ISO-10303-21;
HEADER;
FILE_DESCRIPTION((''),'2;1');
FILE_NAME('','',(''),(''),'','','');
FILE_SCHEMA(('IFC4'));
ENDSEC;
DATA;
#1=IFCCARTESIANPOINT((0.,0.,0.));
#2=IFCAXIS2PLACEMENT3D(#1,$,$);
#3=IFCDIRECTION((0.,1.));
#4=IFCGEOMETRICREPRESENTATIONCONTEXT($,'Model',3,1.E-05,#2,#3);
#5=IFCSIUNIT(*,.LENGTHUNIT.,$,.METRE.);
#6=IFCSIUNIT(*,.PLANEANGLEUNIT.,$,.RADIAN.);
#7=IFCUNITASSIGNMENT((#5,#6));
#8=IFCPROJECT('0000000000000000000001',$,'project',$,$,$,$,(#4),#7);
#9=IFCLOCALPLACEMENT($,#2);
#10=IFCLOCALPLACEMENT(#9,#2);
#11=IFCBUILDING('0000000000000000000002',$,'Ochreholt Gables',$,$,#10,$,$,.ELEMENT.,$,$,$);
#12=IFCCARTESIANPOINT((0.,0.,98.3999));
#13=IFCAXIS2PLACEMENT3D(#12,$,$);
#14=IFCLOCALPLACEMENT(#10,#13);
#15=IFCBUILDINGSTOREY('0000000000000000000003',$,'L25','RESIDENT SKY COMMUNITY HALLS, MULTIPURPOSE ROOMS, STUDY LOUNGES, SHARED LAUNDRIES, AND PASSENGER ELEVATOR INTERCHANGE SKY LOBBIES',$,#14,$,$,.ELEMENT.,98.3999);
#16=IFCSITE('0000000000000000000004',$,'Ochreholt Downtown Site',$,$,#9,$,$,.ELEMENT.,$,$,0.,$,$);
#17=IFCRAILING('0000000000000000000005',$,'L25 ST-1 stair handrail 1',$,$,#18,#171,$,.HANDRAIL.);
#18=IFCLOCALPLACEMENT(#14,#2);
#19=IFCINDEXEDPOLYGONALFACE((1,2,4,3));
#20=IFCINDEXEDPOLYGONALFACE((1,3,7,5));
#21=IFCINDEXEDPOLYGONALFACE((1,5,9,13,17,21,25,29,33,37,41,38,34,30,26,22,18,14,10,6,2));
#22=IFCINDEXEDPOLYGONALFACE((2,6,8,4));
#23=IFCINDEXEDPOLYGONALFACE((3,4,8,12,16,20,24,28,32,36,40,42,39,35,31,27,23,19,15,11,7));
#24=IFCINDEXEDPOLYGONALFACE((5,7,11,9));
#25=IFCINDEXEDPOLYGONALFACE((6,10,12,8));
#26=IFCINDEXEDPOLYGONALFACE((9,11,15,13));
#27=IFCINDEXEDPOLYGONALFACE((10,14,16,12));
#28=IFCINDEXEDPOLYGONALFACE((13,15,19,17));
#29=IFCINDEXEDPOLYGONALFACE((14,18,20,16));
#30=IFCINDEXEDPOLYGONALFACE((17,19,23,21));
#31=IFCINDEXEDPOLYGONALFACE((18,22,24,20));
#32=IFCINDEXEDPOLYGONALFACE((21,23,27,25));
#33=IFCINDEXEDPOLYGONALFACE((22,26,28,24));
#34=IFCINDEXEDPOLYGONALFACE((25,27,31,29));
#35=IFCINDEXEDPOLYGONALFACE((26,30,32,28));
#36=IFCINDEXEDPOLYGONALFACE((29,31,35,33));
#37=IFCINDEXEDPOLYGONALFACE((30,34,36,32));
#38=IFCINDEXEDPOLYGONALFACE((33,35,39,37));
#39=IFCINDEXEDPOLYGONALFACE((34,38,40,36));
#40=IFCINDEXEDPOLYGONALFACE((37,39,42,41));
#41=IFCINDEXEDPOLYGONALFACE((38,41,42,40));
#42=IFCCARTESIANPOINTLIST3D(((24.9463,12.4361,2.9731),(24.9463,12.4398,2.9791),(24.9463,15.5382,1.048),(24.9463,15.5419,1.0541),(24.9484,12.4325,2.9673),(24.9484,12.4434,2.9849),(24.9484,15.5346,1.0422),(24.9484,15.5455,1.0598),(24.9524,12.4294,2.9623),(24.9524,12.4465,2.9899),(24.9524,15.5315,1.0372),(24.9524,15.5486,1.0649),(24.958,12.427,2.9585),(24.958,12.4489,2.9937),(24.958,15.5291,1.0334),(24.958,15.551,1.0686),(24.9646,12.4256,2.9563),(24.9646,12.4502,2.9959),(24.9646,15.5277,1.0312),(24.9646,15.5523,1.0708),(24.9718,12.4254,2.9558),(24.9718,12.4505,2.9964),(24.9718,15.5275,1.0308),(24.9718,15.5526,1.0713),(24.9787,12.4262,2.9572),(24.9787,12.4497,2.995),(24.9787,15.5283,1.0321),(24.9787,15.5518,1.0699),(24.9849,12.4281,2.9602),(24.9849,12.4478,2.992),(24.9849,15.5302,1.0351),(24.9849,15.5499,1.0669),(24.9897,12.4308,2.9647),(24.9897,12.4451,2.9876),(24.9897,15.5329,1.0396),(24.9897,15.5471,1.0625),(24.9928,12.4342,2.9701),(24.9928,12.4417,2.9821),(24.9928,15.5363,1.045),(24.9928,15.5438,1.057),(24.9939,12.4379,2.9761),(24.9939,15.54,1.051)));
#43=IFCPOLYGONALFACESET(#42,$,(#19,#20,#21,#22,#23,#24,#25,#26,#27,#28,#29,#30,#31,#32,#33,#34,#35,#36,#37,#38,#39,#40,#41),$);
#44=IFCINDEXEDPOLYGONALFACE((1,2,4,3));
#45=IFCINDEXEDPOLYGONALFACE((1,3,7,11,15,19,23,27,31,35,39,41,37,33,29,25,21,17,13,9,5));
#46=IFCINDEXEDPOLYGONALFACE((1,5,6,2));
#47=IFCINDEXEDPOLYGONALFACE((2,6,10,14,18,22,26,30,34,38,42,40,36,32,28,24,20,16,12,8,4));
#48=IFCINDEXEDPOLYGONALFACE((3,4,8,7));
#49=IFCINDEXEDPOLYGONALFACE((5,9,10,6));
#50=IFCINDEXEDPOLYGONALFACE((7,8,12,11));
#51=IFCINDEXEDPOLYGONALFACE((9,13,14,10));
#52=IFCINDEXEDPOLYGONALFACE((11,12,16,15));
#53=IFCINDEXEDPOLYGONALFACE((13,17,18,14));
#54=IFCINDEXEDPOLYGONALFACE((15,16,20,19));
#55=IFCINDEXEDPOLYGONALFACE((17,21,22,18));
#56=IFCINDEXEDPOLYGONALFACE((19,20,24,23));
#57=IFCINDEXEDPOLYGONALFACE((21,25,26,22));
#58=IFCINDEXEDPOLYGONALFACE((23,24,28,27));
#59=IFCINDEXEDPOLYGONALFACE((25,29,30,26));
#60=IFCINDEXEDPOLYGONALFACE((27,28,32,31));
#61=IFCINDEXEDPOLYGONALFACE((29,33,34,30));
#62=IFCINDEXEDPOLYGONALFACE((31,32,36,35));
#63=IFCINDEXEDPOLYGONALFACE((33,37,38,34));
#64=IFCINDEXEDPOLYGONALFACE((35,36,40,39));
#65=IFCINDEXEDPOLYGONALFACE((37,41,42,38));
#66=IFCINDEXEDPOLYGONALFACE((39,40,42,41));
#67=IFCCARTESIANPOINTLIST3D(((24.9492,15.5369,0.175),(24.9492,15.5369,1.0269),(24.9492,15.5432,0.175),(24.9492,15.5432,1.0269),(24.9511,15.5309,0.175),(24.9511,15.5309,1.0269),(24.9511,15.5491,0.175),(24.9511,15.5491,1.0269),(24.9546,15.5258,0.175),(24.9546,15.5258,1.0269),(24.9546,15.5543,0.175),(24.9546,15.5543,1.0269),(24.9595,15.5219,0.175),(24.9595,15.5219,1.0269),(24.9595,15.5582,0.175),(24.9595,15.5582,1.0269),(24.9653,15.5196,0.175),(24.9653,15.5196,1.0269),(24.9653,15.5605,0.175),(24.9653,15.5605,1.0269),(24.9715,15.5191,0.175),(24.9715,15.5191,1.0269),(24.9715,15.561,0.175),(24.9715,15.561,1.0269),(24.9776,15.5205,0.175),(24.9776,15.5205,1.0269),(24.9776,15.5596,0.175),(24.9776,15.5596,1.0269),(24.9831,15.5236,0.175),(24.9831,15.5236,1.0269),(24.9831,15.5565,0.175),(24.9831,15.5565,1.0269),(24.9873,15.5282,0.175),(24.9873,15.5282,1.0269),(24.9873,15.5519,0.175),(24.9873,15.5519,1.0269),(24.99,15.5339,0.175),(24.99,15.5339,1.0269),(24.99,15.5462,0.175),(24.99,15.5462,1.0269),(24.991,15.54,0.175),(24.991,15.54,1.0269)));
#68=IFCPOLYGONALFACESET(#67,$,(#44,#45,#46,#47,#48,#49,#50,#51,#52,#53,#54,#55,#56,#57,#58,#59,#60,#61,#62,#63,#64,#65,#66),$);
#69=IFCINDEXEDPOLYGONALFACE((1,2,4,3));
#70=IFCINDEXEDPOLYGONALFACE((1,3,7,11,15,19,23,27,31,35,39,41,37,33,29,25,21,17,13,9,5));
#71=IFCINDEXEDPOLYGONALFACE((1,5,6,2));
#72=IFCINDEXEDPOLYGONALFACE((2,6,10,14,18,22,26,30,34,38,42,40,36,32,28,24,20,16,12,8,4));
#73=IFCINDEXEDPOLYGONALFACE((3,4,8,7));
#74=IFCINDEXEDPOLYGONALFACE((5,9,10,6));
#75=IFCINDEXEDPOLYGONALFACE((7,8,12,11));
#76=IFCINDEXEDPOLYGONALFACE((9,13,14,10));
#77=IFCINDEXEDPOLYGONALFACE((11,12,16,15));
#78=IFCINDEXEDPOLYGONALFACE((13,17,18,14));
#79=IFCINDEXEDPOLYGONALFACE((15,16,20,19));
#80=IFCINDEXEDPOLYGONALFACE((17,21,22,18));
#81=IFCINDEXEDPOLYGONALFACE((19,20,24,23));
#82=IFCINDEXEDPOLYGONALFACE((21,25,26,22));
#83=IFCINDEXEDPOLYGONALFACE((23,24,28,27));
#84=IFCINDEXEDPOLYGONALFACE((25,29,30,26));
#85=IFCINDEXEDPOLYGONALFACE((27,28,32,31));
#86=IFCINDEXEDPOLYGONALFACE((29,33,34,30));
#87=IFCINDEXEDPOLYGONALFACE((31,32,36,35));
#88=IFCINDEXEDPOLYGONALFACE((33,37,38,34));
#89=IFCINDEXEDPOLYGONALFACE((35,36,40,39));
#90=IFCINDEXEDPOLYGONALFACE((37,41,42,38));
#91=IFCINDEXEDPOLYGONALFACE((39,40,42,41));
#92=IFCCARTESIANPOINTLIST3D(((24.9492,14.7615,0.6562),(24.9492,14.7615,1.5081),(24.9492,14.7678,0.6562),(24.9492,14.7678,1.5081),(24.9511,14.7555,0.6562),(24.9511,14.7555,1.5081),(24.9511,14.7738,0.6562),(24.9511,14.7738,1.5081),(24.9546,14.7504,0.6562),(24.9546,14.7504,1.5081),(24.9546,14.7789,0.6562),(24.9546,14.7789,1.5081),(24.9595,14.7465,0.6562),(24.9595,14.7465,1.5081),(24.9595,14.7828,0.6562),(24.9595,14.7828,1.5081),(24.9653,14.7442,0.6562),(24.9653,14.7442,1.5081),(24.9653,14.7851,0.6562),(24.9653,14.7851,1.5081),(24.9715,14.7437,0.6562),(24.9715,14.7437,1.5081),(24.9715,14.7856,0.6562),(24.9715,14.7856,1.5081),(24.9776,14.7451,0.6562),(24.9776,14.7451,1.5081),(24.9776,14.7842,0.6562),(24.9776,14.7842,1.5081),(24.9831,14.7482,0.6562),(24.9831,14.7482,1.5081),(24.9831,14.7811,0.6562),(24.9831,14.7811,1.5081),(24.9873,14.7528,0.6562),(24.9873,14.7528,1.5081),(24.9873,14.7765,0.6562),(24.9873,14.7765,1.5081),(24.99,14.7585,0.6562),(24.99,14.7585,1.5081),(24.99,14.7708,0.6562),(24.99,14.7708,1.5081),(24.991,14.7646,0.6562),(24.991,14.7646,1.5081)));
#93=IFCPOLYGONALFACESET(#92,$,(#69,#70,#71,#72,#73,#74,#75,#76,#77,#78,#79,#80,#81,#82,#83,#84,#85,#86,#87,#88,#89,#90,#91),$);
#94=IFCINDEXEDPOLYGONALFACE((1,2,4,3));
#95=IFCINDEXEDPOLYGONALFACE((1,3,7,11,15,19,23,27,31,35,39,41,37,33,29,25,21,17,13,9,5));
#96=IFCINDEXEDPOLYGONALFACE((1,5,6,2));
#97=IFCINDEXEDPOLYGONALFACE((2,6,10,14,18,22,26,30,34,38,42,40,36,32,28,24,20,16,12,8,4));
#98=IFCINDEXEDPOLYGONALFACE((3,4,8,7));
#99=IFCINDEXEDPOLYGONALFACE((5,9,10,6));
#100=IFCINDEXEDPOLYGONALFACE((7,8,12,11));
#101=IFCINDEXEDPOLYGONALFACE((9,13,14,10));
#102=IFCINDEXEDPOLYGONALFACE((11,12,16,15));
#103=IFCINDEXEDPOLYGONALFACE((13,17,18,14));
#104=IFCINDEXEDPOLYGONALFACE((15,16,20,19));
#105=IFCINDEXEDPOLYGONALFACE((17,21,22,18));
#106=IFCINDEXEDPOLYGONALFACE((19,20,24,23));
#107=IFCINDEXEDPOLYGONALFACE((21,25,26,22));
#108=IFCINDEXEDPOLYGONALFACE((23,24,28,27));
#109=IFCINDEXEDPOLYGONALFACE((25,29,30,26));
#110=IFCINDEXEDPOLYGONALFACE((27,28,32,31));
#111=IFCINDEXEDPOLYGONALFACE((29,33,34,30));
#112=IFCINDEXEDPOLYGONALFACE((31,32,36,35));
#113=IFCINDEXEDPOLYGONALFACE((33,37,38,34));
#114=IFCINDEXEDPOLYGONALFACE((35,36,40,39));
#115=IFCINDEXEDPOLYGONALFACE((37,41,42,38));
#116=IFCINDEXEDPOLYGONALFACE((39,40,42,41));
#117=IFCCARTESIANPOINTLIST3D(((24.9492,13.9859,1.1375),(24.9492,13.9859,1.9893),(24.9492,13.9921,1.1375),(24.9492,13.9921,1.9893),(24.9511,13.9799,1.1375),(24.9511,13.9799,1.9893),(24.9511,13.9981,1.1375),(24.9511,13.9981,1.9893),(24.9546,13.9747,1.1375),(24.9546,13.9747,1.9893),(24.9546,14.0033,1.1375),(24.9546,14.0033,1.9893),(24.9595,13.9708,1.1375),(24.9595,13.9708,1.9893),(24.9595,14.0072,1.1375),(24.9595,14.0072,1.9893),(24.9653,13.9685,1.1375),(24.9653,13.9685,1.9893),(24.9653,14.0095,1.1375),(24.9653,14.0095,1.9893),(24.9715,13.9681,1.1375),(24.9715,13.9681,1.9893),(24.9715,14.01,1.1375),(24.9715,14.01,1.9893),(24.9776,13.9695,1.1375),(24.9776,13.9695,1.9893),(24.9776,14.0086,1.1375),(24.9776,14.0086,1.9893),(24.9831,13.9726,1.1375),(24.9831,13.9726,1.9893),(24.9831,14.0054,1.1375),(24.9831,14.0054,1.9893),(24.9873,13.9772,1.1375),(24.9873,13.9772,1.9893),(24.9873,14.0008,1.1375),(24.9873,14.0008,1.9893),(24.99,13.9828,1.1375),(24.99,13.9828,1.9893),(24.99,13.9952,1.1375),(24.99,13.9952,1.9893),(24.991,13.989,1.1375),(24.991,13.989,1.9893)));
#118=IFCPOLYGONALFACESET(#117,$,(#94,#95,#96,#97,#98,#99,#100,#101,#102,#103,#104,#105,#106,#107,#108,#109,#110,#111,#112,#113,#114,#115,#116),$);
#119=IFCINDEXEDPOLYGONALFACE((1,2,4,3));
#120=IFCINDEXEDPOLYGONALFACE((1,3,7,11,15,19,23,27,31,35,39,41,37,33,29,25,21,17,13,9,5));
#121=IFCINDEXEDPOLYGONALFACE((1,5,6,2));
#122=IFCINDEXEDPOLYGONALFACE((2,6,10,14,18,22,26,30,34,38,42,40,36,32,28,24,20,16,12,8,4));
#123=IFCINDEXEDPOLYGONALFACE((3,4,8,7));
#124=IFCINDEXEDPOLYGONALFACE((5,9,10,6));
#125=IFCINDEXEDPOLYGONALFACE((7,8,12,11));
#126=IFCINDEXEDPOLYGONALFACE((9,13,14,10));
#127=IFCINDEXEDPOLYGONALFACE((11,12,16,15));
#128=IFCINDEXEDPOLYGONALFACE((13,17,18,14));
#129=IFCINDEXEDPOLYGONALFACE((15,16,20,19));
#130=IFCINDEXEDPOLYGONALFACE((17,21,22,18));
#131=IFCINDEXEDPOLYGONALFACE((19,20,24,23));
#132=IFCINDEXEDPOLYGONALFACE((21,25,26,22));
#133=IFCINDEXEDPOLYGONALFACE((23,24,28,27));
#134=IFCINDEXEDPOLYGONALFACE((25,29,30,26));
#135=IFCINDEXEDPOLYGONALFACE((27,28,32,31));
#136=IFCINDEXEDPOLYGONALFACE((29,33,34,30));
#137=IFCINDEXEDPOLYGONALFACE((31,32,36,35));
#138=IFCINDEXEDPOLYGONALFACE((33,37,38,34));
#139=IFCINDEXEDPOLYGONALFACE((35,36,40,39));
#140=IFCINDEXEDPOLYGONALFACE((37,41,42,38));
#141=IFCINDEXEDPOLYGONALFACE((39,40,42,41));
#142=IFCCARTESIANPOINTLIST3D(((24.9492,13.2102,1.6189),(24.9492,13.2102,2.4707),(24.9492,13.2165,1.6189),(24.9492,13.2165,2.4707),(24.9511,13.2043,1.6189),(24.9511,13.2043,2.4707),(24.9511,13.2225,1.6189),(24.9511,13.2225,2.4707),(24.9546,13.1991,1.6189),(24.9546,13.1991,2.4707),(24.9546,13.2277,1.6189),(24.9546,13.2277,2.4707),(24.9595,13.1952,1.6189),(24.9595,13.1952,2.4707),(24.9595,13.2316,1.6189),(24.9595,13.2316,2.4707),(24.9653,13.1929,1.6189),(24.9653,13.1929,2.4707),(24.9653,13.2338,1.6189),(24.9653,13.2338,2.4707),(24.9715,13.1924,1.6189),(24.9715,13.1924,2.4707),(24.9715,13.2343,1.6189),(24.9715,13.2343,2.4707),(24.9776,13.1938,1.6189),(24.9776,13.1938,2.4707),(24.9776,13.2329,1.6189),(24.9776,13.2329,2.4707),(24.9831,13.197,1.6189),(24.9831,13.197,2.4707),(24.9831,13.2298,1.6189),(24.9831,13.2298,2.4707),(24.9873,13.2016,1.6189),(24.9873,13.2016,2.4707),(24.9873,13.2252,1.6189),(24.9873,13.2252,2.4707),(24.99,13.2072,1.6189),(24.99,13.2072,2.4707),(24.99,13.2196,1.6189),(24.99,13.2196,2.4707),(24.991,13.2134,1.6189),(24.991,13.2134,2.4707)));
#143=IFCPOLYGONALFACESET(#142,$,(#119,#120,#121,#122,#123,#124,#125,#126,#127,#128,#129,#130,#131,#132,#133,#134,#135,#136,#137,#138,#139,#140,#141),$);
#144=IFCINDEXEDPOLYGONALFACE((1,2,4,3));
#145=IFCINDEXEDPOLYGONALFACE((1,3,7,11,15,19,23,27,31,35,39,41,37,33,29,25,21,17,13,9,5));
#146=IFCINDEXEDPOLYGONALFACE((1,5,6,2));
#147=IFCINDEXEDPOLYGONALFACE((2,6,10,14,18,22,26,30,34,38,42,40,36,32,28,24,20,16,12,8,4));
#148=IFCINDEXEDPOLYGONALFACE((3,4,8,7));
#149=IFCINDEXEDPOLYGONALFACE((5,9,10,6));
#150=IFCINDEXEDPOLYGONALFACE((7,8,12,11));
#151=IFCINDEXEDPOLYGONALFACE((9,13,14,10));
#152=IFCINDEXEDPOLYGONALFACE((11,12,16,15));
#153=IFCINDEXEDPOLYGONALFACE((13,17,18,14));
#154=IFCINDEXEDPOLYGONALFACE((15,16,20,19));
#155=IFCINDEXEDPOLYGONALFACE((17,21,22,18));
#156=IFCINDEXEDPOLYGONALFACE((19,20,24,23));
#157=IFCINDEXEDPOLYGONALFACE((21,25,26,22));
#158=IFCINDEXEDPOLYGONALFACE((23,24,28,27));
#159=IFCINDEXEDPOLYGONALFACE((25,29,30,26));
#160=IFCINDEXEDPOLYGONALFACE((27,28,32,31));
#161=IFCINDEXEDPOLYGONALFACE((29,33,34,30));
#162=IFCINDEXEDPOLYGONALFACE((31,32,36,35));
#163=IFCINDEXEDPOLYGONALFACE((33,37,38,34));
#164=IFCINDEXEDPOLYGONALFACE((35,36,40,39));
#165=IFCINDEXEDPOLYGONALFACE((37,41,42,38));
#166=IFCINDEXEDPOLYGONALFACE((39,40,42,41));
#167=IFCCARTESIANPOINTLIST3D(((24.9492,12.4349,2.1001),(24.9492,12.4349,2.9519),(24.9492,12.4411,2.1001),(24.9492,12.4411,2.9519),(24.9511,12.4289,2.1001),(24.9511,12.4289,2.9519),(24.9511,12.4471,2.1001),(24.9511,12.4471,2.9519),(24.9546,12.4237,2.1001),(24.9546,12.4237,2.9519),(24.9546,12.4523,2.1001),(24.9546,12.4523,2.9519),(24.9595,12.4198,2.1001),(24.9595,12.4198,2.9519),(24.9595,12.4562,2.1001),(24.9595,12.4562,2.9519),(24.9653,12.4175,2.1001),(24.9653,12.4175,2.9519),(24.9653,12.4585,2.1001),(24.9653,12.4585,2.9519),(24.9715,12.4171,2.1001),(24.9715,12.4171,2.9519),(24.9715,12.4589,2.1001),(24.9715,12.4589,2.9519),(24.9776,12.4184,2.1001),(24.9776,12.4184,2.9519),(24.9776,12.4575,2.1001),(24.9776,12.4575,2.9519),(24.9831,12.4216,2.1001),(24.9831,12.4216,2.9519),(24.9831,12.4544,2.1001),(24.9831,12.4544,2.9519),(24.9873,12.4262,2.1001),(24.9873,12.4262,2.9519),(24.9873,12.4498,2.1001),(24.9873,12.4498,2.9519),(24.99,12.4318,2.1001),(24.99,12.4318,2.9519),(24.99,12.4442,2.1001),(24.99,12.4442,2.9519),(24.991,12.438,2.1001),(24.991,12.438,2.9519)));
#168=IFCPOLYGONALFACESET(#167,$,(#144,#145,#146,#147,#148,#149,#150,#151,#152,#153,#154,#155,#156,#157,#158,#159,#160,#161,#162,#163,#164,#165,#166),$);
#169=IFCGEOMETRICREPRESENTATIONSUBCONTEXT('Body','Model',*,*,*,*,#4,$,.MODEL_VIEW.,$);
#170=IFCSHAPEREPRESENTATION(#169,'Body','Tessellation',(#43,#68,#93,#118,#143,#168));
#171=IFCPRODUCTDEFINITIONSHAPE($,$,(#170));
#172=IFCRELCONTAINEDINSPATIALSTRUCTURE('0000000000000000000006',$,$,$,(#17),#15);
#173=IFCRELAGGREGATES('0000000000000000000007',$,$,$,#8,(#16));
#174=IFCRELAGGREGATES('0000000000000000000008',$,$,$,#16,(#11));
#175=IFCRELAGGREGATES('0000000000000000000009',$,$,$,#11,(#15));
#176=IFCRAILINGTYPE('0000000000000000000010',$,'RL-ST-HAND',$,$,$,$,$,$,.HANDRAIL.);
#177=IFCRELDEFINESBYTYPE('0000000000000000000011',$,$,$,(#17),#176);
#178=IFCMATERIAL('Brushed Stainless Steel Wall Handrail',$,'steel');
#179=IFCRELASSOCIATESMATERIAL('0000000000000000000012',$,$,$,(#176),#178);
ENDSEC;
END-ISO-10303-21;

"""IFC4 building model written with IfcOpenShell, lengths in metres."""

from ifc_helpers import new_model, si_unit, direction, frame, origin, origin_2d, place, context, subcontext, project, spatial, circle, extrude, material, type_object, element, save


model = new_model("IFC4")

# Units and contexts
model_context = context("Model", 3, precision=1e-05, world=origin(), true_north=direction((0.0, 1.0)))
body_context = subcontext(model_context, "Body", "Model", "MODEL_VIEW")
ifc_project = project(units=[si_unit("LENGTHUNIT", "METRE"), si_unit("PLANEANGLEUNIT", "RADIAN")], contexts=[model_context])

# Site, building, storey
site_placement = place(None, origin())
site = spatial("IfcSite", under=ifc_project, at=site_placement, Name="Ochreholt Downtown Site", CompositionType="ELEMENT", RefElevation=0.0)
building_placement = place(site_placement, origin())
building = spatial("IfcBuilding", under=site, at=building_placement, Name="Ochreholt Gables", CompositionType="ELEMENT")
storey_placement = place(building_placement, frame((0.0, 0.0, 98.3999)))
storey = spatial("IfcBuildingStorey", under=building, at=storey_placement, Name="L25", Description="RESIDENT SKY COMMUNITY HALLS, MULTIPURPOSE ROOMS, STUDY LOUNGES, SHARED LAUNDRIES, AND PASSENGER ELEVATOR INTERCHANGE SKY LOBBIES", CompositionType="ELEMENT", Elevation=98.3999)

# Railing
ifc_material_1 = material(Name="Brushed Stainless Steel Wall Handrail", Category="steel")
railing_type_1 = type_object("IfcRailingType", Name="RL-ST-HAND", PredefinedType="HANDRAIL", material=ifc_material_1)
railing_1_placement = place(storey_placement, frame((24.97, 15.54, 0.175)))
element("IfcRailing", 1, at=railing_1_placement, inside=storey, type_object=railing_type_1, Name="L25 ST-1 stair handrail 1", PredefinedType="HANDRAIL", context=body_context, shape_type="SweptSolid", body=[
    extrude(circle(Radius=0.0239, at=origin_2d()), frame((0.0, 0.0, 0.876), z_axis=(0.0, -0.849685, 0.527291), x_axis=(1.0, 0.0, 0.0)), (0.0, 0.0, 1.0), 3.6509),
    extrude(circle(Radius=0.021, at=origin_2d()), origin(), (0.0, 0.0, 1.0), 0.8518),
    extrude(circle(Radius=0.021, at=origin_2d()), frame((0.0, -0.7754, 0.4812)), (0.0, 0.0, 1.0), 0.8518),
    extrude(circle(Radius=0.021, at=origin_2d()), frame((0.0, -1.551, 0.9624)), (0.0, 0.0, 1.0), 0.8518),
    extrude(circle(Radius=0.021, at=origin_2d()), frame((0.0, -2.3267, 1.4438)), (0.0, 0.0, 1.0), 0.8518),
    extrude(circle(Radius=0.021, at=origin_2d()), frame((0.0, -3.1021, 1.925)), (0.0, 0.0, 1.0), 0.8518),
])

save(model, "model.ifc")
